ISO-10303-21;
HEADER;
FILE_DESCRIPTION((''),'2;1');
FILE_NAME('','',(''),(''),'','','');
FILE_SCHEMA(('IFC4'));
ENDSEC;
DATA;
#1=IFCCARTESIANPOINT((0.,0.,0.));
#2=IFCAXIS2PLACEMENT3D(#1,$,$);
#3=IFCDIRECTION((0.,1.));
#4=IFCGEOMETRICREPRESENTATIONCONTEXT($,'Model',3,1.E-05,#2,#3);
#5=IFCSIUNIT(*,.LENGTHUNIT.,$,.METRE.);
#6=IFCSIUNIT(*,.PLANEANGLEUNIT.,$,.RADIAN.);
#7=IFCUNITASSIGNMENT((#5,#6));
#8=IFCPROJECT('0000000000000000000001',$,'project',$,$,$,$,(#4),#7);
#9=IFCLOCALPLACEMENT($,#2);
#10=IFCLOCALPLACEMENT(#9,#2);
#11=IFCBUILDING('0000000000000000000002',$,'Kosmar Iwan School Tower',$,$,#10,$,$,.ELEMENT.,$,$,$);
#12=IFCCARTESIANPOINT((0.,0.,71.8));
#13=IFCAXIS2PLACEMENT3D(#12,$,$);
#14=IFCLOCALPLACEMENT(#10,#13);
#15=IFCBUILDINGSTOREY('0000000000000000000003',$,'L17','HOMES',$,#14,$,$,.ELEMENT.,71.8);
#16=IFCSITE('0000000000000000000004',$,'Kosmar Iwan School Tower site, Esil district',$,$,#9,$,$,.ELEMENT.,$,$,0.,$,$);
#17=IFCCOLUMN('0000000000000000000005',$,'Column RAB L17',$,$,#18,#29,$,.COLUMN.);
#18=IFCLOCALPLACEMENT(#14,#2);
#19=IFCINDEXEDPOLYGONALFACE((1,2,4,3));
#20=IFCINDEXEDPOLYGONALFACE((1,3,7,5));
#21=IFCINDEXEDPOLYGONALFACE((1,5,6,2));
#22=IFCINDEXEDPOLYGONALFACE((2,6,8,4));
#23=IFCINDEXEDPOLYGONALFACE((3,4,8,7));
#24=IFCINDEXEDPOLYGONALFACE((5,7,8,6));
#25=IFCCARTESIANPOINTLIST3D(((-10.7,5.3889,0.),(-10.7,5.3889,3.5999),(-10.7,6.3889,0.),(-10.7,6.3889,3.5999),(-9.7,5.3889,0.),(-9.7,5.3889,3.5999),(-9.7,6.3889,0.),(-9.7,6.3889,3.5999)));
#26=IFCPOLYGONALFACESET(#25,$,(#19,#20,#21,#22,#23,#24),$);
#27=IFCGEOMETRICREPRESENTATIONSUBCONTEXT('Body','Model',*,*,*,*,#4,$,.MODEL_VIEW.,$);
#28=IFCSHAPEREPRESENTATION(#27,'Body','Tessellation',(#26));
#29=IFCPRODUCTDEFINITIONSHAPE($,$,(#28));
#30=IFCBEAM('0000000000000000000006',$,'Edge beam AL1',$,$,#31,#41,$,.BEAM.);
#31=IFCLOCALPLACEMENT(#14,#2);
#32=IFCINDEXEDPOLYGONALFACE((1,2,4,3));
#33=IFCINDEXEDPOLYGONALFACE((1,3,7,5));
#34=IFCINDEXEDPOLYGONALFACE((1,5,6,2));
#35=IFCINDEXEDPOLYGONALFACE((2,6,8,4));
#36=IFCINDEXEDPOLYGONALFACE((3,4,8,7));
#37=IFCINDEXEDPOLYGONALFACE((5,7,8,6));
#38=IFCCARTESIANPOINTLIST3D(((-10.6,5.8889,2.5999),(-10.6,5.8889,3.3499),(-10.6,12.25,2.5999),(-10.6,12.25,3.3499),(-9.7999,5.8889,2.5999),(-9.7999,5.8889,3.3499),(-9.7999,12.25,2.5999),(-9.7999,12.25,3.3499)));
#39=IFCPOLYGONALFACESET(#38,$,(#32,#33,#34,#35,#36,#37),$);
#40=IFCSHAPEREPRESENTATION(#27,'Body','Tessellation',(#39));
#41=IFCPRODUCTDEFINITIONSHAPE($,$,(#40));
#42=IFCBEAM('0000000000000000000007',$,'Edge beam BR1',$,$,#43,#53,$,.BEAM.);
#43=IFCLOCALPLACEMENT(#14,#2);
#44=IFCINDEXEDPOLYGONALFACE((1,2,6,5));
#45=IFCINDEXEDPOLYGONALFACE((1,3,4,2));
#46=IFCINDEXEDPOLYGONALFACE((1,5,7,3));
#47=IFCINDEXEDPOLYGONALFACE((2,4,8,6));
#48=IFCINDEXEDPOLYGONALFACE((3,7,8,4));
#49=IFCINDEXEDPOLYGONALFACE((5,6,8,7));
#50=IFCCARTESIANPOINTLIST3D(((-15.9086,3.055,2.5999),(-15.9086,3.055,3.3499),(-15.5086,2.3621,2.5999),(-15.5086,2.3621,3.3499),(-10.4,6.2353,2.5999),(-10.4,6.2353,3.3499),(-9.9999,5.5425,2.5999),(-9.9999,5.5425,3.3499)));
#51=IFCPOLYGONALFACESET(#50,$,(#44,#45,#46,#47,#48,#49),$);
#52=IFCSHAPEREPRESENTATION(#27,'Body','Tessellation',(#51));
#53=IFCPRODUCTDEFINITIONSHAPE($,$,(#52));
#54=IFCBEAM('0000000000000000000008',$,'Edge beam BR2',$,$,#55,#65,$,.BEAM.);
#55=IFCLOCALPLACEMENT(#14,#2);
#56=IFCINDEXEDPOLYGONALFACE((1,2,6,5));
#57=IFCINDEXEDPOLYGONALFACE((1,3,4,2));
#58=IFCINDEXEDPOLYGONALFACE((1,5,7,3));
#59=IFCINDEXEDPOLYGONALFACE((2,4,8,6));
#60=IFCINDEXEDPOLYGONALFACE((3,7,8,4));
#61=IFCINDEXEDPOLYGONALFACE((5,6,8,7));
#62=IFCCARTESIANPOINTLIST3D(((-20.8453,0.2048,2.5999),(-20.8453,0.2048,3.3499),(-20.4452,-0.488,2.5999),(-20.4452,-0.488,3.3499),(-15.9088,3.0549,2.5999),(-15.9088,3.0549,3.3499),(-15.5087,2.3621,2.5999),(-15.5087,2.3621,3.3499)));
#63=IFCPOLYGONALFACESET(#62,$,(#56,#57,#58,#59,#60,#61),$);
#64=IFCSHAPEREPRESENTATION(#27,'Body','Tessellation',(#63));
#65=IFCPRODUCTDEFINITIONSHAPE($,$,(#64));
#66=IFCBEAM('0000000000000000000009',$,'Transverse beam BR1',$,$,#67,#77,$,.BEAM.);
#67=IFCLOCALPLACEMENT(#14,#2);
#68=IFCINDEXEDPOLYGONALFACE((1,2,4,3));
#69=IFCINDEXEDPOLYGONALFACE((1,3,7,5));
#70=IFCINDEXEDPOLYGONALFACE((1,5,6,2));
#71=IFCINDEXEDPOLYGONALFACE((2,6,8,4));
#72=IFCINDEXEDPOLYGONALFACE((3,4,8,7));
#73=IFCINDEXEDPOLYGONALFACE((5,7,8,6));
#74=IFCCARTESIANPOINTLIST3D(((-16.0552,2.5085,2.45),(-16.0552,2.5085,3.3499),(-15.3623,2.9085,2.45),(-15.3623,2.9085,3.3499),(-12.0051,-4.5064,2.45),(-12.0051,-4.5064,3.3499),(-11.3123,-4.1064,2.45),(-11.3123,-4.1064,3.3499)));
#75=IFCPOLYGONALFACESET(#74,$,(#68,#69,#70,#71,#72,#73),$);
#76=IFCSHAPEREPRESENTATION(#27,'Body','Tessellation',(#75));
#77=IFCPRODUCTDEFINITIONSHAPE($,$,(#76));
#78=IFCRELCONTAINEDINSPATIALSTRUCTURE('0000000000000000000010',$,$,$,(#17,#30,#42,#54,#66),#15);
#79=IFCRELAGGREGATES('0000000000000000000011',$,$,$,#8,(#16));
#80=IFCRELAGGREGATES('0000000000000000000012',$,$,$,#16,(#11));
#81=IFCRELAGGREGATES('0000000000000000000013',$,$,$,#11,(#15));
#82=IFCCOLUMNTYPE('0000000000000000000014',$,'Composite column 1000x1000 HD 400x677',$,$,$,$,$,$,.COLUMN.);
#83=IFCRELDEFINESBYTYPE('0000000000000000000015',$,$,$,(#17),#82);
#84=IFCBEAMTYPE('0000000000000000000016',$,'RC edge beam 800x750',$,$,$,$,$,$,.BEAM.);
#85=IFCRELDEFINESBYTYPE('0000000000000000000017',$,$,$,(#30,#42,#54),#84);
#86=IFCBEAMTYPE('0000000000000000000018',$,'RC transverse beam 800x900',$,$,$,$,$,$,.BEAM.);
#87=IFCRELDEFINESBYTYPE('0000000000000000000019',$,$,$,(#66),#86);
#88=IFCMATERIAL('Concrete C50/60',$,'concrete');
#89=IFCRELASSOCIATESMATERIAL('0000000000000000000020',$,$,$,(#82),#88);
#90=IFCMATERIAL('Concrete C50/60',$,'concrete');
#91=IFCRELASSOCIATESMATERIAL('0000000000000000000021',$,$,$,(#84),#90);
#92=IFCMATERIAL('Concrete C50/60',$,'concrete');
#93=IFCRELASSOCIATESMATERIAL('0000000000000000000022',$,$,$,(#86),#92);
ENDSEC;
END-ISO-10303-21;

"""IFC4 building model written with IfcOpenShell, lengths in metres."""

from ifc_helpers import new_model, si_unit, direction, frame, origin, origin_2d, place, context, subcontext, project, spatial, rectangle, extrude, material, material_profile, profile_set, type_object, element, save


model = new_model("IFC4")

# Units and contexts
model_context = context("Model", 3, precision=1e-05, world=origin(), true_north=direction((0.0, 1.0)))
body_context = subcontext(model_context, "Body", "Model", "MODEL_VIEW")
ifc_project = project(units=[si_unit("LENGTHUNIT", "METRE"), si_unit("PLANEANGLEUNIT", "RADIAN")], contexts=[model_context])

# Site, building, storey
site_placement = place(None, origin())
site = spatial("IfcSite", under=ifc_project, at=site_placement, Name="Kosmar Iwan School Tower site, Esil district", CompositionType="ELEMENT", RefElevation=0.0)
building_placement = place(site_placement, origin())
building = spatial("IfcBuilding", under=site, at=building_placement, Name="Kosmar Iwan School Tower", CompositionType="ELEMENT")
storey_placement = place(building_placement, frame((0.0, 0.0, 71.8)))
storey = spatial("IfcBuildingStorey", under=building, at=storey_placement, Name="L17", Description="HOMES", CompositionType="ELEMENT", Elevation=71.8)

# Column
ifc_material_1 = material(Name="Concrete C50/60", Category="concrete")
ifc_material_profile_1 = material_profile(ifc_material_1, rectangle(XDim=1.0, YDim=1.0, at=origin_2d()), Name="RC 1000x1000 + HD 400x677")
ifc_profile_set_1 = profile_set([ifc_material_profile_1], Name="Concrete C50/60")
column_type = type_object("IfcColumnType", Name="Composite column 1000x1000 HD 400x677", PredefinedType="COLUMN", material=ifc_profile_set_1)
column_placement = place(storey_placement, frame((-10.2, 5.8889, 0.0), z_axis=(0.0, 0.0, 1.0), x_axis=(1.0, 0.0, 0.0)))
element("IfcColumn", 1, at=column_placement, inside=storey, type_object=column_type, Name="Column RAB L17", PredefinedType="COLUMN", context=body_context, shape_type="SweptSolid", body=[
    extrude(rectangle(XDim=1.0, YDim=1.0, at=origin_2d()), origin(), (0.0, 0.0, 1.0), 3.5999),
])

# Beams
ifc_material_2 = material(Name="Concrete C50/60", Category="concrete")
ifc_material_profile_2 = material_profile(ifc_material_2, rectangle(XDim=0.8, YDim=0.75, at=origin_2d()), Name="RC 800x750")
ifc_profile_set_2 = profile_set([ifc_material_profile_2], Name="Concrete C50/60")
beam_type_1 = type_object("IfcBeamType", Name="RC edge beam 800x750", PredefinedType="BEAM", material=ifc_profile_set_2)
beam_1_placement = place(storey_placement, frame((-10.2, 5.8889, 2.9749), z_axis=(0.0, 1.0, 0.0), x_axis=(-1.0, 0.0, 0.0)))
element("IfcBeam", 2, at=beam_1_placement, inside=storey, type_object=beam_type_1, Name="Edge beam AL1", PredefinedType="BEAM", context=body_context, shape_type="SweptSolid", body=[
    extrude(rectangle(XDim=0.8, YDim=0.75, at=origin_2d()), origin(), (0.0, 0.0, 1.0), 6.3611),
])
beam_2_placement = place(storey_placement, frame((-10.2, 5.8889, 2.9749), z_axis=(-0.866031, -0.49999, 0.0), x_axis=(0.49999, -0.866031, 0.0)))
element("IfcBeam", 3, at=beam_2_placement, inside=storey, type_object=beam_type_1, Name="Edge beam BR1", PredefinedType="BEAM", context=body_context, shape_type="SweptSolid", body=[
    extrude(rectangle(XDim=0.8, YDim=0.75, at=origin_2d()), origin(), (0.0, 0.0, 1.0), 6.3608),
])
beam_3_placement = place(storey_placement, frame((-15.7087, 2.7085, 2.9749), z_axis=(-0.866026, -0.499999, 0.0), x_axis=(0.499999, -0.866026, 0.0)))
element("IfcBeam", 4, at=beam_3_placement, inside=storey, type_object=beam_type_1, Name="Edge beam BR2", PredefinedType="BEAM", context=body_context, shape_type="SweptSolid", body=[
    extrude(rectangle(XDim=0.8, YDim=0.75, at=origin_2d()), origin(), (0.0, 0.0, 1.0), 5.7002),
])
ifc_material_3 = material(Name="Concrete C50/60", Category="concrete")
ifc_material_profile_3 = material_profile(ifc_material_3, rectangle(XDim=0.8, YDim=0.8999, at=origin_2d()), Name="RC 800x900")
ifc_profile_set_3 = profile_set([ifc_material_profile_3], Name="Concrete C50/60")
beam_type_2 = type_object("IfcBeamType", Name="RC transverse beam 800x900", PredefinedType="BEAM", material=ifc_profile_set_3)
beam_4_placement = place(storey_placement, frame((-15.7087, 2.7085, 2.8999), z_axis=(0.5, -0.866025, 0.0), x_axis=(0.866025, 0.5, 0.0)))
element("IfcBeam", 5, at=beam_4_placement, inside=storey, type_object=beam_type_2, Name="Transverse beam BR1", PredefinedType="BEAM", context=body_context, shape_type="SweptSolid", body=[
    extrude(rectangle(XDim=0.8, YDim=0.8999, at=origin_2d()), origin(), (0.0, 0.0, 1.0), 8.1001),
])

save(model, "model.ifc")
